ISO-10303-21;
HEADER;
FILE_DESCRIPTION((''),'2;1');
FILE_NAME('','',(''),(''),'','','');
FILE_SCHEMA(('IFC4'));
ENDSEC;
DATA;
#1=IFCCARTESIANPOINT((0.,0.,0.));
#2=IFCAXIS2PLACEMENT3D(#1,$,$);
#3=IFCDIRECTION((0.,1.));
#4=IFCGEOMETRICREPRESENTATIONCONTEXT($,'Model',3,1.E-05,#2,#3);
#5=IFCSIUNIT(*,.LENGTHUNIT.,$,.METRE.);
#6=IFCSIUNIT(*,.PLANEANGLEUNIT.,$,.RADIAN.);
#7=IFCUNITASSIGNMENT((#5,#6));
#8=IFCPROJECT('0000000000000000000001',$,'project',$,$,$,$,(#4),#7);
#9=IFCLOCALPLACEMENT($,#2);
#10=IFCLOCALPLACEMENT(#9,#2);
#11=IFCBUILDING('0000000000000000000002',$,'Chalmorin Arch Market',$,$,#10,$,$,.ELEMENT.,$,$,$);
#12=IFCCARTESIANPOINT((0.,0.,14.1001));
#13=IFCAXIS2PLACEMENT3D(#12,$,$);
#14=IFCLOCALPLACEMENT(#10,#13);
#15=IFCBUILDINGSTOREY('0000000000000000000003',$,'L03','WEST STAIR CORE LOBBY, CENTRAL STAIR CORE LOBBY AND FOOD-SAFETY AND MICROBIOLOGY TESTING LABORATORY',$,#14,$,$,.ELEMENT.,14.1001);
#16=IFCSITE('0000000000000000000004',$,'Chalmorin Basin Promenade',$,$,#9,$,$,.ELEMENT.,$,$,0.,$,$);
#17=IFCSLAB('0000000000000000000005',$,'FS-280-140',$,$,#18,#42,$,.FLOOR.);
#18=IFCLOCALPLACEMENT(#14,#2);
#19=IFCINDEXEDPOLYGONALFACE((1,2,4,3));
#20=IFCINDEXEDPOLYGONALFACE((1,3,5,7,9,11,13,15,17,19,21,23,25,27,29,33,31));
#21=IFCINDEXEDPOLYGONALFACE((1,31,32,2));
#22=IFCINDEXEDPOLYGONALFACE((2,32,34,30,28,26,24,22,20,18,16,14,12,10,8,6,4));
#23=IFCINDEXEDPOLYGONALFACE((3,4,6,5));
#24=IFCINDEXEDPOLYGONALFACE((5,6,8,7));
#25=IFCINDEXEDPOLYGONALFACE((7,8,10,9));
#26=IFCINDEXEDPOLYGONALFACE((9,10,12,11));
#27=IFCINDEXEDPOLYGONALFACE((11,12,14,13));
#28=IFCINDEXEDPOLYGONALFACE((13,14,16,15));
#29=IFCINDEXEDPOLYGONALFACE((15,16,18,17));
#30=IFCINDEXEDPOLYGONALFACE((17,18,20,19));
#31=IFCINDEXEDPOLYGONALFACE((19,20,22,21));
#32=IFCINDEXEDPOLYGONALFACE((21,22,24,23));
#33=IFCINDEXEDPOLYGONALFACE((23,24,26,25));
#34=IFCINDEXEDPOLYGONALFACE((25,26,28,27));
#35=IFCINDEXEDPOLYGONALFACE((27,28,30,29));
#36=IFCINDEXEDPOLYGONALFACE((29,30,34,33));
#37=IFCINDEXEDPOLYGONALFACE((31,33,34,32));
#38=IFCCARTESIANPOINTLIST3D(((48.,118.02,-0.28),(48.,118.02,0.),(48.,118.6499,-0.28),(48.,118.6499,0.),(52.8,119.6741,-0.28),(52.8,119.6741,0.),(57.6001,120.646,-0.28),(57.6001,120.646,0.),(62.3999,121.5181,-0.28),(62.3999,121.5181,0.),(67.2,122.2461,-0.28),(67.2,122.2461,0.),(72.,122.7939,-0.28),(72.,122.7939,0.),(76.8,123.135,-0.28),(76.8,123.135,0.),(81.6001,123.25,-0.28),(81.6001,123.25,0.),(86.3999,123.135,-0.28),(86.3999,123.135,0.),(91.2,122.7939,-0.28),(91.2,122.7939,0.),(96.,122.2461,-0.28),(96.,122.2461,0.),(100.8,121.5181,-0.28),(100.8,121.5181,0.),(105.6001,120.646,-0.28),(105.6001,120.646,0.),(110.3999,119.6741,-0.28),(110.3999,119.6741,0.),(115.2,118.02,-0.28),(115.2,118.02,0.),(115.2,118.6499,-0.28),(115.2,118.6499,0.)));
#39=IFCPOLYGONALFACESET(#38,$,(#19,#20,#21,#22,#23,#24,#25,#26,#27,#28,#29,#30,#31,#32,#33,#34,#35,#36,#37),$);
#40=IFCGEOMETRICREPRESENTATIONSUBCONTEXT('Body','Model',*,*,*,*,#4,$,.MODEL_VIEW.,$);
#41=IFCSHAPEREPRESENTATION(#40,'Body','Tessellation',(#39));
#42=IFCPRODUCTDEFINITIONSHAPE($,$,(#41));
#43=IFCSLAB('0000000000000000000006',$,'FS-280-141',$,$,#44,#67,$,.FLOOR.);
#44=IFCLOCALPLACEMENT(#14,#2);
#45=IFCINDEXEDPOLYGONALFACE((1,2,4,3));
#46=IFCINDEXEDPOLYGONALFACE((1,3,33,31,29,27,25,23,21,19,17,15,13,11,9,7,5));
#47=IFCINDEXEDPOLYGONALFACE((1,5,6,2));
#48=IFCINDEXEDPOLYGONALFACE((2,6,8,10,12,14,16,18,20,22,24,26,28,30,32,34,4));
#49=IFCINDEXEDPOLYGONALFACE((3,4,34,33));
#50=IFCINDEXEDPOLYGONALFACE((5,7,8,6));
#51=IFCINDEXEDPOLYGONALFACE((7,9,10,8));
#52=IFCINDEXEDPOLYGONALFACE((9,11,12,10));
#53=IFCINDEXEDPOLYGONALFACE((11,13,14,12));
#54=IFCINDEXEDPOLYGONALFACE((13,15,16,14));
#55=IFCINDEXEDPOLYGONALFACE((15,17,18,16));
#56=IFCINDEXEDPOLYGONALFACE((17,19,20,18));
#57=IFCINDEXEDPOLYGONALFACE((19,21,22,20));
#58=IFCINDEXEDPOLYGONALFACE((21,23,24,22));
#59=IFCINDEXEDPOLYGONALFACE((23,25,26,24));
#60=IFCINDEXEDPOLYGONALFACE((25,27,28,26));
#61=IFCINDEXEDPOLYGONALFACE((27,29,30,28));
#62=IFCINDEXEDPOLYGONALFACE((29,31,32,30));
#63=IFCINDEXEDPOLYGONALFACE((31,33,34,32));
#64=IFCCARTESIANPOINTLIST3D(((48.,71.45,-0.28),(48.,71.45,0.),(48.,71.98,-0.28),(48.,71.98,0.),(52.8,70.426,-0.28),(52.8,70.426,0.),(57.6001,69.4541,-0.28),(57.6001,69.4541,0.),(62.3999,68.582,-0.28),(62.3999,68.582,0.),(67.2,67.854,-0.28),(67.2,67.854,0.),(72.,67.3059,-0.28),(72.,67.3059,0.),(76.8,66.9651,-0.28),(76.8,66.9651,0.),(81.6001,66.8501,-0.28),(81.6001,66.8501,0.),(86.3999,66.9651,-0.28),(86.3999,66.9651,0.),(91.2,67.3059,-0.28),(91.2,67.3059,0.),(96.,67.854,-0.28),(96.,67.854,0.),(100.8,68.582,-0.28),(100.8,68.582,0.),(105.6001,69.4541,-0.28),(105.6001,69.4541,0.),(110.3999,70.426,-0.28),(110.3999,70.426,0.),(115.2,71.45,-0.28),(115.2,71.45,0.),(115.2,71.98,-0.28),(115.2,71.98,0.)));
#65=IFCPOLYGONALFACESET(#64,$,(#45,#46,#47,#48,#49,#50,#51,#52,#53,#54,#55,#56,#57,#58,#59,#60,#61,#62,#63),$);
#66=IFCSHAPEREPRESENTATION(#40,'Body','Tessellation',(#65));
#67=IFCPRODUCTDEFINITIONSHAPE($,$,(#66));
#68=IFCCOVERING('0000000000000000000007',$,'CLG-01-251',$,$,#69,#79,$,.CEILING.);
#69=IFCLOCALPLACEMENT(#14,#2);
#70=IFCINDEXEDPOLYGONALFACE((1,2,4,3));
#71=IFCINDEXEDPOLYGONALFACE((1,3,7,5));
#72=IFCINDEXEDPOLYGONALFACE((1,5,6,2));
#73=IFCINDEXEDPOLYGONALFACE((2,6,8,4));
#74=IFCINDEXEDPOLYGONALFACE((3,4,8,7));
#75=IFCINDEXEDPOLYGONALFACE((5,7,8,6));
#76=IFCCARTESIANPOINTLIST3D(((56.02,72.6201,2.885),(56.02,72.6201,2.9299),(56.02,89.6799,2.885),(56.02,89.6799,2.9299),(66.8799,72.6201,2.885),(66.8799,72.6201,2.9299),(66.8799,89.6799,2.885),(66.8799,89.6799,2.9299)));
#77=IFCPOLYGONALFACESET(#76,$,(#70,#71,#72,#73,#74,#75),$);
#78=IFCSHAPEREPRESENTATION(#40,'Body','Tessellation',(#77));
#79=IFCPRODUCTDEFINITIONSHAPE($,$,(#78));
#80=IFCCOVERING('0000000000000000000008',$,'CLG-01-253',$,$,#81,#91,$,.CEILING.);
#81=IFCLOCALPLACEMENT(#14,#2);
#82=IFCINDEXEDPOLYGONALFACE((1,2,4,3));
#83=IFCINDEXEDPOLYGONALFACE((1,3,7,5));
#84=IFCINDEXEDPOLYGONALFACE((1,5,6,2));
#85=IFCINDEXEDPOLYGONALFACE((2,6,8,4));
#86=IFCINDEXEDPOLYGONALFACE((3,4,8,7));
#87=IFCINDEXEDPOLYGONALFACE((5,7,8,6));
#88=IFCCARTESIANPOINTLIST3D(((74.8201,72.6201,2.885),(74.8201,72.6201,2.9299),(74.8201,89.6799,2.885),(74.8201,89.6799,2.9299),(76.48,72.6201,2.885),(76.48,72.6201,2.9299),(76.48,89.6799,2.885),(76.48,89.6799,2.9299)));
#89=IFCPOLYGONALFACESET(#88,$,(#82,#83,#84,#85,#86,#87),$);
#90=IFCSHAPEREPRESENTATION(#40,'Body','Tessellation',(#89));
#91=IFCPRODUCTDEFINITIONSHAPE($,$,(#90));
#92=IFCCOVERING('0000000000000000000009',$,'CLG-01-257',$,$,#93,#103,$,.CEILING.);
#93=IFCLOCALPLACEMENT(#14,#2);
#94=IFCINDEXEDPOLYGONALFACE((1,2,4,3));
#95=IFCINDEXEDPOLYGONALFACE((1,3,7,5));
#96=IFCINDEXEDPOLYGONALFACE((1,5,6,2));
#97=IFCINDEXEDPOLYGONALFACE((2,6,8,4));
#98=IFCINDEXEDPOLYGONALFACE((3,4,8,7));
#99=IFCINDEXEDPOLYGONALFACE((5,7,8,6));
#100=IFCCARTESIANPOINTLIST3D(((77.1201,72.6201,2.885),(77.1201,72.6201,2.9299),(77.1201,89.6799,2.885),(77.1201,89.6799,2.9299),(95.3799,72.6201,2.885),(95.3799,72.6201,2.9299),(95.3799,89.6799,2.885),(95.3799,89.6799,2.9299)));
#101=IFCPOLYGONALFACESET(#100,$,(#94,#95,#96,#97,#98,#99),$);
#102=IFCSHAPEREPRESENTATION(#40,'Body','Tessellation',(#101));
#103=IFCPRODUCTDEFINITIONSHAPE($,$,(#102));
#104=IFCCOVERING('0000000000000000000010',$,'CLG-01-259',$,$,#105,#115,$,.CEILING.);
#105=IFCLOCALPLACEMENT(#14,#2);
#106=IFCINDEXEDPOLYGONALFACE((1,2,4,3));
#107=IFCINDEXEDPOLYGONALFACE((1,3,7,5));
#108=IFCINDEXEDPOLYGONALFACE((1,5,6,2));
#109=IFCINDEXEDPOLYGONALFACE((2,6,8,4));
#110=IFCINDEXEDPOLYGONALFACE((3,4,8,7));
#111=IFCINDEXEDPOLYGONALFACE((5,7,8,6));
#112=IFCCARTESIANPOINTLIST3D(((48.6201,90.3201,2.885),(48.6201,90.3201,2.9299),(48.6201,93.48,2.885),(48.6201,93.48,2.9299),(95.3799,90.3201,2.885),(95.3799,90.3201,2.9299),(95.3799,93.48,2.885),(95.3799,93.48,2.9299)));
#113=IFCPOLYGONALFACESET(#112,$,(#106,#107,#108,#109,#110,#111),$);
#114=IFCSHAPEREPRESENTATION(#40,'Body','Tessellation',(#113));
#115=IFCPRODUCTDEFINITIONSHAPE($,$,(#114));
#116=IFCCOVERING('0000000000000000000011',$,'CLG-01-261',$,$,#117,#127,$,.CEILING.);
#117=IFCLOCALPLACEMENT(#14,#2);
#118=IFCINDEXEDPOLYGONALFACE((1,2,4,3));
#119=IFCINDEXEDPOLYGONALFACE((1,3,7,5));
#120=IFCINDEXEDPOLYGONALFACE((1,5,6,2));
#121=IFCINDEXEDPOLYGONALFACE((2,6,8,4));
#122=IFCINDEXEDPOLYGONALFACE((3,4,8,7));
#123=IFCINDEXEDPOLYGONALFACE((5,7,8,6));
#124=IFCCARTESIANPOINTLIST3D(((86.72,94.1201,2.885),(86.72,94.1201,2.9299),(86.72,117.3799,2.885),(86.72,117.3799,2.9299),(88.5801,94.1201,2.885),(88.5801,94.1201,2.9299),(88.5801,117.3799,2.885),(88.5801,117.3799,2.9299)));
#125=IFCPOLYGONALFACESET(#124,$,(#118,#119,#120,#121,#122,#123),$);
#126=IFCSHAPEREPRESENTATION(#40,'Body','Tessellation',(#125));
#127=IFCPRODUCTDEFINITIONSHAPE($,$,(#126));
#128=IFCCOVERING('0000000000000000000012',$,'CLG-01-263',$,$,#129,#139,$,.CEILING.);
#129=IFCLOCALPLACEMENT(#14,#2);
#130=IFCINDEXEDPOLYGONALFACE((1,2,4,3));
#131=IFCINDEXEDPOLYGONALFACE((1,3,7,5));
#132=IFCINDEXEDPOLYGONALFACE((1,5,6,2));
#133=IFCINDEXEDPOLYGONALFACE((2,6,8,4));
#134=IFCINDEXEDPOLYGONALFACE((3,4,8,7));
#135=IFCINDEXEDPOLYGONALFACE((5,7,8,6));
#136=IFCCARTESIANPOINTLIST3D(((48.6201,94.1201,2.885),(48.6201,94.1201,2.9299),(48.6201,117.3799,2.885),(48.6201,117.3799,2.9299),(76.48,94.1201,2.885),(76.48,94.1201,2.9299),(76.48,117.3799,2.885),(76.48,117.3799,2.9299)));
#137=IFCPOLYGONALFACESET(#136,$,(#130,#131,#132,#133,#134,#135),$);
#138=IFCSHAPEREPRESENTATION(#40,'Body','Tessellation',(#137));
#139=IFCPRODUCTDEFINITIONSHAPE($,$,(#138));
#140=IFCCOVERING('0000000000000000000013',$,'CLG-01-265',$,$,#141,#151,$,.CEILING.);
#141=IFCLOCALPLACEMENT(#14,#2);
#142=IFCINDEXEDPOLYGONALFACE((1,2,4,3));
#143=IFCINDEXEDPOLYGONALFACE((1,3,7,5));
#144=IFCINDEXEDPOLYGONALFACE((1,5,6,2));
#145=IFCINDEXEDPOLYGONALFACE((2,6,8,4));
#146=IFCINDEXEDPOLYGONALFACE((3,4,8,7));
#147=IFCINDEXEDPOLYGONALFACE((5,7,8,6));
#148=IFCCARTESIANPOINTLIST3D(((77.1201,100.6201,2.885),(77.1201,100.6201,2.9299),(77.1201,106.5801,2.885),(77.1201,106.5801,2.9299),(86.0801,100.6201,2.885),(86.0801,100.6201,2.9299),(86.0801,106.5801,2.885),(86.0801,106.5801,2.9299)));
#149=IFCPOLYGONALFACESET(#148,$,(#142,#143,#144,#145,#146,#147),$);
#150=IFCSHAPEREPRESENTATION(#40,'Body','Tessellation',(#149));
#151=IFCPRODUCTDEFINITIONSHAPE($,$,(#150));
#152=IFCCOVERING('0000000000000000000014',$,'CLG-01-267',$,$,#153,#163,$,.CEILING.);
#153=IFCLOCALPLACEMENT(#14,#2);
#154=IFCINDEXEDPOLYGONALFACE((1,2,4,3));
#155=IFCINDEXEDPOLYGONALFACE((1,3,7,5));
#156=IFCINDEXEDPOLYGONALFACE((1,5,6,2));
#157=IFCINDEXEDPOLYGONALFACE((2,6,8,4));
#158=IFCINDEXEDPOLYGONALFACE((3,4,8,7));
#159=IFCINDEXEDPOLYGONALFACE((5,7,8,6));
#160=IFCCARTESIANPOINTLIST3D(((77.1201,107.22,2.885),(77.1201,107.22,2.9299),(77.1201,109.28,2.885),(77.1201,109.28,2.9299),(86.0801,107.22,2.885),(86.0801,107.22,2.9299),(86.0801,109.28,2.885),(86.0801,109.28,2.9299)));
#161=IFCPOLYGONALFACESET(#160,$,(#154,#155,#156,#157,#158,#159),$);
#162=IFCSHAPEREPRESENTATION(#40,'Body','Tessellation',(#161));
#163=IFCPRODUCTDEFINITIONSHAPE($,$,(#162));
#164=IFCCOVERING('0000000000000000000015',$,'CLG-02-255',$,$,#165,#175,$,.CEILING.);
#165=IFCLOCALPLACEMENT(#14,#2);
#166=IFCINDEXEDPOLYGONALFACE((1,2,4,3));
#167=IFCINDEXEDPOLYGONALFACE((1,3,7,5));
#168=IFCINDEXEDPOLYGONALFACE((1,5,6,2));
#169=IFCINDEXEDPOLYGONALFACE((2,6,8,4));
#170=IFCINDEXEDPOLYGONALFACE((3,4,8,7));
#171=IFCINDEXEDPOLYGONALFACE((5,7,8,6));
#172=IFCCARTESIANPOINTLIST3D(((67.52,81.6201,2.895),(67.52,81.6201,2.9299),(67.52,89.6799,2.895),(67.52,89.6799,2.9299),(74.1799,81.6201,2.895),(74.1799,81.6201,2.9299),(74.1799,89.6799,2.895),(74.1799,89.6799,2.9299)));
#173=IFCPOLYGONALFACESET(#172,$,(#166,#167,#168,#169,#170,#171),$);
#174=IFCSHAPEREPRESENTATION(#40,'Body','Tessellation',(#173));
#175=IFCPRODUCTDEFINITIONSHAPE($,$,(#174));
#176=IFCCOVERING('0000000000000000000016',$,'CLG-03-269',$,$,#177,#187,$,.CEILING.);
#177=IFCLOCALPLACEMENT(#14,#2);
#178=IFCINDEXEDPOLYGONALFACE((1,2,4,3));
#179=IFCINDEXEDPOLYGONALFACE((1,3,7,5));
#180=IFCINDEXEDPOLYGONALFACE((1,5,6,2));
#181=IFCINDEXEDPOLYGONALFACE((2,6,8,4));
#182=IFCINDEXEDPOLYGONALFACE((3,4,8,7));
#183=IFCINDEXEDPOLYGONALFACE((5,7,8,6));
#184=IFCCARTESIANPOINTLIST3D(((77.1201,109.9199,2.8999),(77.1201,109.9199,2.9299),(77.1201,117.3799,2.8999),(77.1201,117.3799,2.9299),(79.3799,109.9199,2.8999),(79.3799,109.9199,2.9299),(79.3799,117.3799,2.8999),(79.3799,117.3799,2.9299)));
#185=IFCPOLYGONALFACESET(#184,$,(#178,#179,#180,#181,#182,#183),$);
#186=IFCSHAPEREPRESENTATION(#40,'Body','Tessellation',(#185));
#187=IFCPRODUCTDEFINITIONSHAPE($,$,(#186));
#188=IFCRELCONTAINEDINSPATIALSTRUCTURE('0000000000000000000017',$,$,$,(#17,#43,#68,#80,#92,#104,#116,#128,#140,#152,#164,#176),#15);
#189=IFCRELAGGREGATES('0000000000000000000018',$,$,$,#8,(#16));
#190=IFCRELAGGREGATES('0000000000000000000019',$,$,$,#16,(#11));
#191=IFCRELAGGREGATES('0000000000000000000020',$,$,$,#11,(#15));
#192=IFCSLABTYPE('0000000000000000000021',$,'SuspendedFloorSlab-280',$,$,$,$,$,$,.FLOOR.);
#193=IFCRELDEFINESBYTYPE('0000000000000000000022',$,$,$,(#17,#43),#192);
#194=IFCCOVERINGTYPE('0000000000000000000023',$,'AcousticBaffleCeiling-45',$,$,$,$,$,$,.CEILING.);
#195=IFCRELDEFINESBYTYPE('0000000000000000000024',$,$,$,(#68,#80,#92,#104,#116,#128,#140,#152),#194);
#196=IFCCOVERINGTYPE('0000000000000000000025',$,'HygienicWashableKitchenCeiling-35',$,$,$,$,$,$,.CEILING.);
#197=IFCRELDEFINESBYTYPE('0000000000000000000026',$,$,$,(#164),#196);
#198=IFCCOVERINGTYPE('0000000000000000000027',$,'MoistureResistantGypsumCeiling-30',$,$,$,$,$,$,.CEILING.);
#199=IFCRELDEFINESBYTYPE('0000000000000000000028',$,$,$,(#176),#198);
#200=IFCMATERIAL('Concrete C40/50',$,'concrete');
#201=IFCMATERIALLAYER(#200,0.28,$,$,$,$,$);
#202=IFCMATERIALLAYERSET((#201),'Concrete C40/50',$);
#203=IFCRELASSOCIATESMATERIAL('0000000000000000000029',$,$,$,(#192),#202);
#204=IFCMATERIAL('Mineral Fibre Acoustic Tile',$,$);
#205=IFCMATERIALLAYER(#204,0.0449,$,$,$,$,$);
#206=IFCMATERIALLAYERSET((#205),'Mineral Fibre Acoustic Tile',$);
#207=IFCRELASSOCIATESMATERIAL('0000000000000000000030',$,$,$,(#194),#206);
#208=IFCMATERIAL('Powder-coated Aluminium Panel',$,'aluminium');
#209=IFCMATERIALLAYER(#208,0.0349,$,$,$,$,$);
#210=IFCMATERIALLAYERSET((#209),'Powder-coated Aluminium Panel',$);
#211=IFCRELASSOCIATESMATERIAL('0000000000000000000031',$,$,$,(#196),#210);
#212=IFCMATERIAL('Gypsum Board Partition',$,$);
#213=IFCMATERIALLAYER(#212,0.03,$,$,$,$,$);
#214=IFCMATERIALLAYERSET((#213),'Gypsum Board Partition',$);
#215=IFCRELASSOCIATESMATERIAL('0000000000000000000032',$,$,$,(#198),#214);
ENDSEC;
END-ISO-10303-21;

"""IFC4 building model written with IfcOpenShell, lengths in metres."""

from ifc_helpers import new_model, si_unit, direction, frame, origin, place, context, subcontext, project, spatial, polyline, outline, extrude, material, layer, layer_set, type_object, element, save


model = new_model("IFC4")

# Units and contexts
model_context = context("Model", 3, precision=1e-05, world=origin(), true_north=direction((0.0, 1.0)))
body_context = subcontext(model_context, "Body", "Model", "MODEL_VIEW")
ifc_project = project(units=[si_unit("LENGTHUNIT", "METRE"), si_unit("PLANEANGLEUNIT", "RADIAN")], contexts=[model_context])

# Site, building, storey
site_placement = place(None, origin())
site = spatial("IfcSite", under=ifc_project, at=site_placement, Name="Chalmorin Basin Promenade", CompositionType="ELEMENT", RefElevation=0.0)
building_placement = place(site_placement, origin())
building = spatial("IfcBuilding", under=site, at=building_placement, Name="Chalmorin Arch Market", CompositionType="ELEMENT")
storey_placement = place(building_placement, frame((0.0, 0.0, 14.1001)))
storey = spatial("IfcBuildingStorey", under=building, at=storey_placement, Name="L03", Description="WEST STAIR CORE LOBBY, CENTRAL STAIR CORE LOBBY AND FOOD-SAFETY AND MICROBIOLOGY TESTING LABORATORY", CompositionType="ELEMENT", Elevation=14.1001)

# Slabs
ifc_material_1 = material(Name="Concrete C40/50", Category="concrete")
ifc_layer_1 = layer(ifc_material_1, 0.28)
ifc_layer_set_1 = layer_set([ifc_layer_1], Name="Concrete C40/50")
slab_type_1 = type_object("IfcSlabType", Name="SuspendedFloorSlab-280", PredefinedType="FLOOR", material=ifc_layer_set_1)
slab_1_placement = place(storey_placement, frame((0.0, 0.0, -0.28)))
element("IfcSlab", 1, at=slab_1_placement, inside=storey, type_object=slab_type_1, Name="FS-280-140", PredefinedType="FLOOR", context=body_context, shape_type="SweptSolid", body=[
    extrude(outline(polyline([(48.0, 118.02), (48.0, 118.6499), (52.8, 119.6741), (57.6001, 120.646), (62.3999, 121.5181), (67.2, 122.2461), (72.0, 122.7939), (76.8, 123.135), (81.6001, 123.25), (86.3999, 123.135), (91.2, 122.7939), (96.0, 122.2461), (100.8, 121.5181), (105.6001, 120.646), (110.3999, 119.6741), (115.2, 118.6499), (115.2, 118.02), (48.0, 118.02)])), origin(), (0.0, 0.0, 1.0), 0.28),
])
slab_2_placement = place(storey_placement, frame((0.0, 0.0, -0.28)))
element("IfcSlab", 2, at=slab_2_placement, inside=storey, type_object=slab_type_1, Name="FS-280-141", PredefinedType="FLOOR", context=body_context, shape_type="SweptSolid", body=[
    extrude(outline(polyline([(48.0, 71.98), (115.2, 71.98), (115.2, 71.45), (110.3999, 70.426), (105.6001, 69.4541), (100.8, 68.582), (96.0, 67.854), (91.2, 67.3059), (86.3999, 66.9651), (81.6001, 66.8501), (76.8, 66.9651), (72.0, 67.3059), (67.2, 67.854), (62.3999, 68.582), (57.6001, 69.4541), (52.8, 70.426), (48.0, 71.45), (48.0, 71.98)])), origin(), (0.0, 0.0, 1.0), 0.28),
])

# Coverings
ifc_material_2 = material(Name="Mineral Fibre Acoustic Tile")
ifc_layer_2 = layer(ifc_material_2, 0.0449)
ifc_layer_set_2 = layer_set([ifc_layer_2], Name="Mineral Fibre Acoustic Tile")
covering_type_1 = type_object("IfcCoveringType", Name="AcousticBaffleCeiling-45", PredefinedType="CEILING", material=ifc_layer_set_2)
covering_1_placement = place(storey_placement, frame((0.0, 0.0, 2.885)))
element("IfcCovering", 3, at=covering_1_placement, inside=storey, type_object=covering_type_1, Name="CLG-01-251", PredefinedType="CEILING", context=body_context, shape_type="SweptSolid", body=[
    extrude(outline(polyline([(56.02, 72.6201), (66.8799, 72.6201), (66.8799, 89.6799), (56.02, 89.6799), (56.02, 72.6201)])), origin(), (0.0, 0.0, 1.0), 0.0449),
])
covering_2_placement = place(storey_placement, frame((0.0, 0.0, 2.885)))
element("IfcCovering", 4, at=covering_2_placement, inside=storey, type_object=covering_type_1, Name="CLG-01-253", PredefinedType="CEILING", context=body_context, shape_type="SweptSolid", body=[
    extrude(outline(polyline([(74.8201, 72.6201), (76.48, 72.6201), (76.48, 89.6799), (74.8201, 89.6799), (74.8201, 72.6201)])), origin(), (0.0, 0.0, 1.0), 0.0449),
])
covering_3_placement = place(storey_placement, frame((0.0, 0.0, 2.885)))
element("IfcCovering", 5, at=covering_3_placement, inside=storey, type_object=covering_type_1, Name="CLG-01-257", PredefinedType="CEILING", context=body_context, shape_type="SweptSolid", body=[
    extrude(outline(polyline([(77.1201, 72.6201), (95.3799, 72.6201), (95.3799, 89.6799), (77.1201, 89.6799), (77.1201, 72.6201)])), origin(), (0.0, 0.0, 1.0), 0.0449),
])
covering_4_placement = place(storey_placement, frame((0.0, 0.0, 2.885)))
element("IfcCovering", 6, at=covering_4_placement, inside=storey, type_object=covering_type_1, Name="CLG-01-259", PredefinedType="CEILING", context=body_context, shape_type="SweptSolid", body=[
    extrude(outline(polyline([(48.6201, 90.3201), (95.3799, 90.3201), (95.3799, 93.48), (48.6201, 93.48), (48.6201, 90.3201)])), origin(), (0.0, 0.0, 1.0), 0.0449),
])
covering_5_placement = place(storey_placement, frame((0.0, 0.0, 2.885)))
element("IfcCovering", 7, at=covering_5_placement, inside=storey, type_object=covering_type_1, Name="CLG-01-261", PredefinedType="CEILING", context=body_context, shape_type="SweptSolid", body=[
    extrude(outline(polyline([(86.72, 94.1201), (88.5801, 94.1201), (88.5801, 117.3799), (86.72, 117.3799), (86.72, 94.1201)])), origin(), (0.0, 0.0, 1.0), 0.0449),
])
covering_6_placement = place(storey_placement, frame((0.0, 0.0, 2.885)))
element("IfcCovering", 8, at=covering_6_placement, inside=storey, type_object=covering_type_1, Name="CLG-01-263", PredefinedType="CEILING", context=body_context, shape_type="SweptSolid", body=[
    extrude(outline(polyline([(48.6201, 94.1201), (76.48, 94.1201), (76.48, 117.3799), (48.6201, 117.3799), (48.6201, 94.1201)])), origin(), (0.0, 0.0, 1.0), 0.0449),
])
covering_7_placement = place(storey_placement, frame((0.0, 0.0, 2.885)))
element("IfcCovering", 9, at=covering_7_placement, inside=storey, type_object=covering_type_1, Name="CLG-01-265", PredefinedType="CEILING", context=body_context, shape_type="SweptSolid", body=[
    extrude(outline(polyline([(77.1201, 100.6201), (86.0801, 100.6201), (86.0801, 106.5801), (77.1201, 106.5801), (77.1201, 100.6201)])), origin(), (0.0, 0.0, 1.0), 0.0449),
])
covering_8_placement = place(storey_placement, frame((0.0, 0.0, 2.885)))
element("IfcCovering", 10, at=covering_8_placement, inside=storey, type_object=covering_type_1, Name="CLG-01-267", PredefinedType="CEILING", context=body_context, shape_type="SweptSolid", body=[
    extrude(outline(polyline([(77.1201, 107.22), (86.0801, 107.22), (86.0801, 109.28), (77.1201, 109.28), (77.1201, 107.22)])), origin(), (0.0, 0.0, 1.0), 0.0449),
])
ifc_material_3 = material(Name="Powder-coated Aluminium Panel", Category="aluminium")
ifc_layer_3 = layer(ifc_material_3, 0.0349)
ifc_layer_set_3 = layer_set([ifc_layer_3], Name="Powder-coated Aluminium Panel")
covering_type_2 = type_object("IfcCoveringType", Name="HygienicWashableKitchenCeiling-35", PredefinedType="CEILING", material=ifc_layer_set_3)
covering_9_placement = place(storey_placement, frame((0.0, 0.0, 2.895)))
element("IfcCovering", 11, at=covering_9_placement, inside=storey, type_object=covering_type_2, Name="CLG-02-255", PredefinedType="CEILING", context=body_context, shape_type="SweptSolid", body=[
    extrude(outline(polyline([(67.52, 81.6201), (74.1799, 81.6201), (74.1799, 89.6799), (67.52, 89.6799), (67.52, 81.6201)])), origin(), (0.0, 0.0, 1.0), 0.0349),
])
ifc_material_4 = material(Name="Gypsum Board Partition")
ifc_layer_4 = layer(ifc_material_4, 0.03)
ifc_layer_set_4 = layer_set([ifc_layer_4], Name="Gypsum Board Partition")
covering_type_3 = type_object("IfcCoveringType", Name="MoistureResistantGypsumCeiling-30", PredefinedType="CEILING", material=ifc_layer_set_4)
covering_10_placement = place(storey_placement, frame((0.0, 0.0, 2.8999)))
element("IfcCovering", 12, at=covering_10_placement, inside=storey, type_object=covering_type_3, Name="CLG-03-269", PredefinedType="CEILING", context=body_context, shape_type="SweptSolid", body=[
    extrude(outline(polyline([(77.1201, 109.9199), (79.3799, 109.9199), (79.3799, 117.3799), (77.1201, 117.3799), (77.1201, 109.9199)])), origin(), (0.0, 0.0, 1.0), 0.03),
])

save(model, "model.ifc")
